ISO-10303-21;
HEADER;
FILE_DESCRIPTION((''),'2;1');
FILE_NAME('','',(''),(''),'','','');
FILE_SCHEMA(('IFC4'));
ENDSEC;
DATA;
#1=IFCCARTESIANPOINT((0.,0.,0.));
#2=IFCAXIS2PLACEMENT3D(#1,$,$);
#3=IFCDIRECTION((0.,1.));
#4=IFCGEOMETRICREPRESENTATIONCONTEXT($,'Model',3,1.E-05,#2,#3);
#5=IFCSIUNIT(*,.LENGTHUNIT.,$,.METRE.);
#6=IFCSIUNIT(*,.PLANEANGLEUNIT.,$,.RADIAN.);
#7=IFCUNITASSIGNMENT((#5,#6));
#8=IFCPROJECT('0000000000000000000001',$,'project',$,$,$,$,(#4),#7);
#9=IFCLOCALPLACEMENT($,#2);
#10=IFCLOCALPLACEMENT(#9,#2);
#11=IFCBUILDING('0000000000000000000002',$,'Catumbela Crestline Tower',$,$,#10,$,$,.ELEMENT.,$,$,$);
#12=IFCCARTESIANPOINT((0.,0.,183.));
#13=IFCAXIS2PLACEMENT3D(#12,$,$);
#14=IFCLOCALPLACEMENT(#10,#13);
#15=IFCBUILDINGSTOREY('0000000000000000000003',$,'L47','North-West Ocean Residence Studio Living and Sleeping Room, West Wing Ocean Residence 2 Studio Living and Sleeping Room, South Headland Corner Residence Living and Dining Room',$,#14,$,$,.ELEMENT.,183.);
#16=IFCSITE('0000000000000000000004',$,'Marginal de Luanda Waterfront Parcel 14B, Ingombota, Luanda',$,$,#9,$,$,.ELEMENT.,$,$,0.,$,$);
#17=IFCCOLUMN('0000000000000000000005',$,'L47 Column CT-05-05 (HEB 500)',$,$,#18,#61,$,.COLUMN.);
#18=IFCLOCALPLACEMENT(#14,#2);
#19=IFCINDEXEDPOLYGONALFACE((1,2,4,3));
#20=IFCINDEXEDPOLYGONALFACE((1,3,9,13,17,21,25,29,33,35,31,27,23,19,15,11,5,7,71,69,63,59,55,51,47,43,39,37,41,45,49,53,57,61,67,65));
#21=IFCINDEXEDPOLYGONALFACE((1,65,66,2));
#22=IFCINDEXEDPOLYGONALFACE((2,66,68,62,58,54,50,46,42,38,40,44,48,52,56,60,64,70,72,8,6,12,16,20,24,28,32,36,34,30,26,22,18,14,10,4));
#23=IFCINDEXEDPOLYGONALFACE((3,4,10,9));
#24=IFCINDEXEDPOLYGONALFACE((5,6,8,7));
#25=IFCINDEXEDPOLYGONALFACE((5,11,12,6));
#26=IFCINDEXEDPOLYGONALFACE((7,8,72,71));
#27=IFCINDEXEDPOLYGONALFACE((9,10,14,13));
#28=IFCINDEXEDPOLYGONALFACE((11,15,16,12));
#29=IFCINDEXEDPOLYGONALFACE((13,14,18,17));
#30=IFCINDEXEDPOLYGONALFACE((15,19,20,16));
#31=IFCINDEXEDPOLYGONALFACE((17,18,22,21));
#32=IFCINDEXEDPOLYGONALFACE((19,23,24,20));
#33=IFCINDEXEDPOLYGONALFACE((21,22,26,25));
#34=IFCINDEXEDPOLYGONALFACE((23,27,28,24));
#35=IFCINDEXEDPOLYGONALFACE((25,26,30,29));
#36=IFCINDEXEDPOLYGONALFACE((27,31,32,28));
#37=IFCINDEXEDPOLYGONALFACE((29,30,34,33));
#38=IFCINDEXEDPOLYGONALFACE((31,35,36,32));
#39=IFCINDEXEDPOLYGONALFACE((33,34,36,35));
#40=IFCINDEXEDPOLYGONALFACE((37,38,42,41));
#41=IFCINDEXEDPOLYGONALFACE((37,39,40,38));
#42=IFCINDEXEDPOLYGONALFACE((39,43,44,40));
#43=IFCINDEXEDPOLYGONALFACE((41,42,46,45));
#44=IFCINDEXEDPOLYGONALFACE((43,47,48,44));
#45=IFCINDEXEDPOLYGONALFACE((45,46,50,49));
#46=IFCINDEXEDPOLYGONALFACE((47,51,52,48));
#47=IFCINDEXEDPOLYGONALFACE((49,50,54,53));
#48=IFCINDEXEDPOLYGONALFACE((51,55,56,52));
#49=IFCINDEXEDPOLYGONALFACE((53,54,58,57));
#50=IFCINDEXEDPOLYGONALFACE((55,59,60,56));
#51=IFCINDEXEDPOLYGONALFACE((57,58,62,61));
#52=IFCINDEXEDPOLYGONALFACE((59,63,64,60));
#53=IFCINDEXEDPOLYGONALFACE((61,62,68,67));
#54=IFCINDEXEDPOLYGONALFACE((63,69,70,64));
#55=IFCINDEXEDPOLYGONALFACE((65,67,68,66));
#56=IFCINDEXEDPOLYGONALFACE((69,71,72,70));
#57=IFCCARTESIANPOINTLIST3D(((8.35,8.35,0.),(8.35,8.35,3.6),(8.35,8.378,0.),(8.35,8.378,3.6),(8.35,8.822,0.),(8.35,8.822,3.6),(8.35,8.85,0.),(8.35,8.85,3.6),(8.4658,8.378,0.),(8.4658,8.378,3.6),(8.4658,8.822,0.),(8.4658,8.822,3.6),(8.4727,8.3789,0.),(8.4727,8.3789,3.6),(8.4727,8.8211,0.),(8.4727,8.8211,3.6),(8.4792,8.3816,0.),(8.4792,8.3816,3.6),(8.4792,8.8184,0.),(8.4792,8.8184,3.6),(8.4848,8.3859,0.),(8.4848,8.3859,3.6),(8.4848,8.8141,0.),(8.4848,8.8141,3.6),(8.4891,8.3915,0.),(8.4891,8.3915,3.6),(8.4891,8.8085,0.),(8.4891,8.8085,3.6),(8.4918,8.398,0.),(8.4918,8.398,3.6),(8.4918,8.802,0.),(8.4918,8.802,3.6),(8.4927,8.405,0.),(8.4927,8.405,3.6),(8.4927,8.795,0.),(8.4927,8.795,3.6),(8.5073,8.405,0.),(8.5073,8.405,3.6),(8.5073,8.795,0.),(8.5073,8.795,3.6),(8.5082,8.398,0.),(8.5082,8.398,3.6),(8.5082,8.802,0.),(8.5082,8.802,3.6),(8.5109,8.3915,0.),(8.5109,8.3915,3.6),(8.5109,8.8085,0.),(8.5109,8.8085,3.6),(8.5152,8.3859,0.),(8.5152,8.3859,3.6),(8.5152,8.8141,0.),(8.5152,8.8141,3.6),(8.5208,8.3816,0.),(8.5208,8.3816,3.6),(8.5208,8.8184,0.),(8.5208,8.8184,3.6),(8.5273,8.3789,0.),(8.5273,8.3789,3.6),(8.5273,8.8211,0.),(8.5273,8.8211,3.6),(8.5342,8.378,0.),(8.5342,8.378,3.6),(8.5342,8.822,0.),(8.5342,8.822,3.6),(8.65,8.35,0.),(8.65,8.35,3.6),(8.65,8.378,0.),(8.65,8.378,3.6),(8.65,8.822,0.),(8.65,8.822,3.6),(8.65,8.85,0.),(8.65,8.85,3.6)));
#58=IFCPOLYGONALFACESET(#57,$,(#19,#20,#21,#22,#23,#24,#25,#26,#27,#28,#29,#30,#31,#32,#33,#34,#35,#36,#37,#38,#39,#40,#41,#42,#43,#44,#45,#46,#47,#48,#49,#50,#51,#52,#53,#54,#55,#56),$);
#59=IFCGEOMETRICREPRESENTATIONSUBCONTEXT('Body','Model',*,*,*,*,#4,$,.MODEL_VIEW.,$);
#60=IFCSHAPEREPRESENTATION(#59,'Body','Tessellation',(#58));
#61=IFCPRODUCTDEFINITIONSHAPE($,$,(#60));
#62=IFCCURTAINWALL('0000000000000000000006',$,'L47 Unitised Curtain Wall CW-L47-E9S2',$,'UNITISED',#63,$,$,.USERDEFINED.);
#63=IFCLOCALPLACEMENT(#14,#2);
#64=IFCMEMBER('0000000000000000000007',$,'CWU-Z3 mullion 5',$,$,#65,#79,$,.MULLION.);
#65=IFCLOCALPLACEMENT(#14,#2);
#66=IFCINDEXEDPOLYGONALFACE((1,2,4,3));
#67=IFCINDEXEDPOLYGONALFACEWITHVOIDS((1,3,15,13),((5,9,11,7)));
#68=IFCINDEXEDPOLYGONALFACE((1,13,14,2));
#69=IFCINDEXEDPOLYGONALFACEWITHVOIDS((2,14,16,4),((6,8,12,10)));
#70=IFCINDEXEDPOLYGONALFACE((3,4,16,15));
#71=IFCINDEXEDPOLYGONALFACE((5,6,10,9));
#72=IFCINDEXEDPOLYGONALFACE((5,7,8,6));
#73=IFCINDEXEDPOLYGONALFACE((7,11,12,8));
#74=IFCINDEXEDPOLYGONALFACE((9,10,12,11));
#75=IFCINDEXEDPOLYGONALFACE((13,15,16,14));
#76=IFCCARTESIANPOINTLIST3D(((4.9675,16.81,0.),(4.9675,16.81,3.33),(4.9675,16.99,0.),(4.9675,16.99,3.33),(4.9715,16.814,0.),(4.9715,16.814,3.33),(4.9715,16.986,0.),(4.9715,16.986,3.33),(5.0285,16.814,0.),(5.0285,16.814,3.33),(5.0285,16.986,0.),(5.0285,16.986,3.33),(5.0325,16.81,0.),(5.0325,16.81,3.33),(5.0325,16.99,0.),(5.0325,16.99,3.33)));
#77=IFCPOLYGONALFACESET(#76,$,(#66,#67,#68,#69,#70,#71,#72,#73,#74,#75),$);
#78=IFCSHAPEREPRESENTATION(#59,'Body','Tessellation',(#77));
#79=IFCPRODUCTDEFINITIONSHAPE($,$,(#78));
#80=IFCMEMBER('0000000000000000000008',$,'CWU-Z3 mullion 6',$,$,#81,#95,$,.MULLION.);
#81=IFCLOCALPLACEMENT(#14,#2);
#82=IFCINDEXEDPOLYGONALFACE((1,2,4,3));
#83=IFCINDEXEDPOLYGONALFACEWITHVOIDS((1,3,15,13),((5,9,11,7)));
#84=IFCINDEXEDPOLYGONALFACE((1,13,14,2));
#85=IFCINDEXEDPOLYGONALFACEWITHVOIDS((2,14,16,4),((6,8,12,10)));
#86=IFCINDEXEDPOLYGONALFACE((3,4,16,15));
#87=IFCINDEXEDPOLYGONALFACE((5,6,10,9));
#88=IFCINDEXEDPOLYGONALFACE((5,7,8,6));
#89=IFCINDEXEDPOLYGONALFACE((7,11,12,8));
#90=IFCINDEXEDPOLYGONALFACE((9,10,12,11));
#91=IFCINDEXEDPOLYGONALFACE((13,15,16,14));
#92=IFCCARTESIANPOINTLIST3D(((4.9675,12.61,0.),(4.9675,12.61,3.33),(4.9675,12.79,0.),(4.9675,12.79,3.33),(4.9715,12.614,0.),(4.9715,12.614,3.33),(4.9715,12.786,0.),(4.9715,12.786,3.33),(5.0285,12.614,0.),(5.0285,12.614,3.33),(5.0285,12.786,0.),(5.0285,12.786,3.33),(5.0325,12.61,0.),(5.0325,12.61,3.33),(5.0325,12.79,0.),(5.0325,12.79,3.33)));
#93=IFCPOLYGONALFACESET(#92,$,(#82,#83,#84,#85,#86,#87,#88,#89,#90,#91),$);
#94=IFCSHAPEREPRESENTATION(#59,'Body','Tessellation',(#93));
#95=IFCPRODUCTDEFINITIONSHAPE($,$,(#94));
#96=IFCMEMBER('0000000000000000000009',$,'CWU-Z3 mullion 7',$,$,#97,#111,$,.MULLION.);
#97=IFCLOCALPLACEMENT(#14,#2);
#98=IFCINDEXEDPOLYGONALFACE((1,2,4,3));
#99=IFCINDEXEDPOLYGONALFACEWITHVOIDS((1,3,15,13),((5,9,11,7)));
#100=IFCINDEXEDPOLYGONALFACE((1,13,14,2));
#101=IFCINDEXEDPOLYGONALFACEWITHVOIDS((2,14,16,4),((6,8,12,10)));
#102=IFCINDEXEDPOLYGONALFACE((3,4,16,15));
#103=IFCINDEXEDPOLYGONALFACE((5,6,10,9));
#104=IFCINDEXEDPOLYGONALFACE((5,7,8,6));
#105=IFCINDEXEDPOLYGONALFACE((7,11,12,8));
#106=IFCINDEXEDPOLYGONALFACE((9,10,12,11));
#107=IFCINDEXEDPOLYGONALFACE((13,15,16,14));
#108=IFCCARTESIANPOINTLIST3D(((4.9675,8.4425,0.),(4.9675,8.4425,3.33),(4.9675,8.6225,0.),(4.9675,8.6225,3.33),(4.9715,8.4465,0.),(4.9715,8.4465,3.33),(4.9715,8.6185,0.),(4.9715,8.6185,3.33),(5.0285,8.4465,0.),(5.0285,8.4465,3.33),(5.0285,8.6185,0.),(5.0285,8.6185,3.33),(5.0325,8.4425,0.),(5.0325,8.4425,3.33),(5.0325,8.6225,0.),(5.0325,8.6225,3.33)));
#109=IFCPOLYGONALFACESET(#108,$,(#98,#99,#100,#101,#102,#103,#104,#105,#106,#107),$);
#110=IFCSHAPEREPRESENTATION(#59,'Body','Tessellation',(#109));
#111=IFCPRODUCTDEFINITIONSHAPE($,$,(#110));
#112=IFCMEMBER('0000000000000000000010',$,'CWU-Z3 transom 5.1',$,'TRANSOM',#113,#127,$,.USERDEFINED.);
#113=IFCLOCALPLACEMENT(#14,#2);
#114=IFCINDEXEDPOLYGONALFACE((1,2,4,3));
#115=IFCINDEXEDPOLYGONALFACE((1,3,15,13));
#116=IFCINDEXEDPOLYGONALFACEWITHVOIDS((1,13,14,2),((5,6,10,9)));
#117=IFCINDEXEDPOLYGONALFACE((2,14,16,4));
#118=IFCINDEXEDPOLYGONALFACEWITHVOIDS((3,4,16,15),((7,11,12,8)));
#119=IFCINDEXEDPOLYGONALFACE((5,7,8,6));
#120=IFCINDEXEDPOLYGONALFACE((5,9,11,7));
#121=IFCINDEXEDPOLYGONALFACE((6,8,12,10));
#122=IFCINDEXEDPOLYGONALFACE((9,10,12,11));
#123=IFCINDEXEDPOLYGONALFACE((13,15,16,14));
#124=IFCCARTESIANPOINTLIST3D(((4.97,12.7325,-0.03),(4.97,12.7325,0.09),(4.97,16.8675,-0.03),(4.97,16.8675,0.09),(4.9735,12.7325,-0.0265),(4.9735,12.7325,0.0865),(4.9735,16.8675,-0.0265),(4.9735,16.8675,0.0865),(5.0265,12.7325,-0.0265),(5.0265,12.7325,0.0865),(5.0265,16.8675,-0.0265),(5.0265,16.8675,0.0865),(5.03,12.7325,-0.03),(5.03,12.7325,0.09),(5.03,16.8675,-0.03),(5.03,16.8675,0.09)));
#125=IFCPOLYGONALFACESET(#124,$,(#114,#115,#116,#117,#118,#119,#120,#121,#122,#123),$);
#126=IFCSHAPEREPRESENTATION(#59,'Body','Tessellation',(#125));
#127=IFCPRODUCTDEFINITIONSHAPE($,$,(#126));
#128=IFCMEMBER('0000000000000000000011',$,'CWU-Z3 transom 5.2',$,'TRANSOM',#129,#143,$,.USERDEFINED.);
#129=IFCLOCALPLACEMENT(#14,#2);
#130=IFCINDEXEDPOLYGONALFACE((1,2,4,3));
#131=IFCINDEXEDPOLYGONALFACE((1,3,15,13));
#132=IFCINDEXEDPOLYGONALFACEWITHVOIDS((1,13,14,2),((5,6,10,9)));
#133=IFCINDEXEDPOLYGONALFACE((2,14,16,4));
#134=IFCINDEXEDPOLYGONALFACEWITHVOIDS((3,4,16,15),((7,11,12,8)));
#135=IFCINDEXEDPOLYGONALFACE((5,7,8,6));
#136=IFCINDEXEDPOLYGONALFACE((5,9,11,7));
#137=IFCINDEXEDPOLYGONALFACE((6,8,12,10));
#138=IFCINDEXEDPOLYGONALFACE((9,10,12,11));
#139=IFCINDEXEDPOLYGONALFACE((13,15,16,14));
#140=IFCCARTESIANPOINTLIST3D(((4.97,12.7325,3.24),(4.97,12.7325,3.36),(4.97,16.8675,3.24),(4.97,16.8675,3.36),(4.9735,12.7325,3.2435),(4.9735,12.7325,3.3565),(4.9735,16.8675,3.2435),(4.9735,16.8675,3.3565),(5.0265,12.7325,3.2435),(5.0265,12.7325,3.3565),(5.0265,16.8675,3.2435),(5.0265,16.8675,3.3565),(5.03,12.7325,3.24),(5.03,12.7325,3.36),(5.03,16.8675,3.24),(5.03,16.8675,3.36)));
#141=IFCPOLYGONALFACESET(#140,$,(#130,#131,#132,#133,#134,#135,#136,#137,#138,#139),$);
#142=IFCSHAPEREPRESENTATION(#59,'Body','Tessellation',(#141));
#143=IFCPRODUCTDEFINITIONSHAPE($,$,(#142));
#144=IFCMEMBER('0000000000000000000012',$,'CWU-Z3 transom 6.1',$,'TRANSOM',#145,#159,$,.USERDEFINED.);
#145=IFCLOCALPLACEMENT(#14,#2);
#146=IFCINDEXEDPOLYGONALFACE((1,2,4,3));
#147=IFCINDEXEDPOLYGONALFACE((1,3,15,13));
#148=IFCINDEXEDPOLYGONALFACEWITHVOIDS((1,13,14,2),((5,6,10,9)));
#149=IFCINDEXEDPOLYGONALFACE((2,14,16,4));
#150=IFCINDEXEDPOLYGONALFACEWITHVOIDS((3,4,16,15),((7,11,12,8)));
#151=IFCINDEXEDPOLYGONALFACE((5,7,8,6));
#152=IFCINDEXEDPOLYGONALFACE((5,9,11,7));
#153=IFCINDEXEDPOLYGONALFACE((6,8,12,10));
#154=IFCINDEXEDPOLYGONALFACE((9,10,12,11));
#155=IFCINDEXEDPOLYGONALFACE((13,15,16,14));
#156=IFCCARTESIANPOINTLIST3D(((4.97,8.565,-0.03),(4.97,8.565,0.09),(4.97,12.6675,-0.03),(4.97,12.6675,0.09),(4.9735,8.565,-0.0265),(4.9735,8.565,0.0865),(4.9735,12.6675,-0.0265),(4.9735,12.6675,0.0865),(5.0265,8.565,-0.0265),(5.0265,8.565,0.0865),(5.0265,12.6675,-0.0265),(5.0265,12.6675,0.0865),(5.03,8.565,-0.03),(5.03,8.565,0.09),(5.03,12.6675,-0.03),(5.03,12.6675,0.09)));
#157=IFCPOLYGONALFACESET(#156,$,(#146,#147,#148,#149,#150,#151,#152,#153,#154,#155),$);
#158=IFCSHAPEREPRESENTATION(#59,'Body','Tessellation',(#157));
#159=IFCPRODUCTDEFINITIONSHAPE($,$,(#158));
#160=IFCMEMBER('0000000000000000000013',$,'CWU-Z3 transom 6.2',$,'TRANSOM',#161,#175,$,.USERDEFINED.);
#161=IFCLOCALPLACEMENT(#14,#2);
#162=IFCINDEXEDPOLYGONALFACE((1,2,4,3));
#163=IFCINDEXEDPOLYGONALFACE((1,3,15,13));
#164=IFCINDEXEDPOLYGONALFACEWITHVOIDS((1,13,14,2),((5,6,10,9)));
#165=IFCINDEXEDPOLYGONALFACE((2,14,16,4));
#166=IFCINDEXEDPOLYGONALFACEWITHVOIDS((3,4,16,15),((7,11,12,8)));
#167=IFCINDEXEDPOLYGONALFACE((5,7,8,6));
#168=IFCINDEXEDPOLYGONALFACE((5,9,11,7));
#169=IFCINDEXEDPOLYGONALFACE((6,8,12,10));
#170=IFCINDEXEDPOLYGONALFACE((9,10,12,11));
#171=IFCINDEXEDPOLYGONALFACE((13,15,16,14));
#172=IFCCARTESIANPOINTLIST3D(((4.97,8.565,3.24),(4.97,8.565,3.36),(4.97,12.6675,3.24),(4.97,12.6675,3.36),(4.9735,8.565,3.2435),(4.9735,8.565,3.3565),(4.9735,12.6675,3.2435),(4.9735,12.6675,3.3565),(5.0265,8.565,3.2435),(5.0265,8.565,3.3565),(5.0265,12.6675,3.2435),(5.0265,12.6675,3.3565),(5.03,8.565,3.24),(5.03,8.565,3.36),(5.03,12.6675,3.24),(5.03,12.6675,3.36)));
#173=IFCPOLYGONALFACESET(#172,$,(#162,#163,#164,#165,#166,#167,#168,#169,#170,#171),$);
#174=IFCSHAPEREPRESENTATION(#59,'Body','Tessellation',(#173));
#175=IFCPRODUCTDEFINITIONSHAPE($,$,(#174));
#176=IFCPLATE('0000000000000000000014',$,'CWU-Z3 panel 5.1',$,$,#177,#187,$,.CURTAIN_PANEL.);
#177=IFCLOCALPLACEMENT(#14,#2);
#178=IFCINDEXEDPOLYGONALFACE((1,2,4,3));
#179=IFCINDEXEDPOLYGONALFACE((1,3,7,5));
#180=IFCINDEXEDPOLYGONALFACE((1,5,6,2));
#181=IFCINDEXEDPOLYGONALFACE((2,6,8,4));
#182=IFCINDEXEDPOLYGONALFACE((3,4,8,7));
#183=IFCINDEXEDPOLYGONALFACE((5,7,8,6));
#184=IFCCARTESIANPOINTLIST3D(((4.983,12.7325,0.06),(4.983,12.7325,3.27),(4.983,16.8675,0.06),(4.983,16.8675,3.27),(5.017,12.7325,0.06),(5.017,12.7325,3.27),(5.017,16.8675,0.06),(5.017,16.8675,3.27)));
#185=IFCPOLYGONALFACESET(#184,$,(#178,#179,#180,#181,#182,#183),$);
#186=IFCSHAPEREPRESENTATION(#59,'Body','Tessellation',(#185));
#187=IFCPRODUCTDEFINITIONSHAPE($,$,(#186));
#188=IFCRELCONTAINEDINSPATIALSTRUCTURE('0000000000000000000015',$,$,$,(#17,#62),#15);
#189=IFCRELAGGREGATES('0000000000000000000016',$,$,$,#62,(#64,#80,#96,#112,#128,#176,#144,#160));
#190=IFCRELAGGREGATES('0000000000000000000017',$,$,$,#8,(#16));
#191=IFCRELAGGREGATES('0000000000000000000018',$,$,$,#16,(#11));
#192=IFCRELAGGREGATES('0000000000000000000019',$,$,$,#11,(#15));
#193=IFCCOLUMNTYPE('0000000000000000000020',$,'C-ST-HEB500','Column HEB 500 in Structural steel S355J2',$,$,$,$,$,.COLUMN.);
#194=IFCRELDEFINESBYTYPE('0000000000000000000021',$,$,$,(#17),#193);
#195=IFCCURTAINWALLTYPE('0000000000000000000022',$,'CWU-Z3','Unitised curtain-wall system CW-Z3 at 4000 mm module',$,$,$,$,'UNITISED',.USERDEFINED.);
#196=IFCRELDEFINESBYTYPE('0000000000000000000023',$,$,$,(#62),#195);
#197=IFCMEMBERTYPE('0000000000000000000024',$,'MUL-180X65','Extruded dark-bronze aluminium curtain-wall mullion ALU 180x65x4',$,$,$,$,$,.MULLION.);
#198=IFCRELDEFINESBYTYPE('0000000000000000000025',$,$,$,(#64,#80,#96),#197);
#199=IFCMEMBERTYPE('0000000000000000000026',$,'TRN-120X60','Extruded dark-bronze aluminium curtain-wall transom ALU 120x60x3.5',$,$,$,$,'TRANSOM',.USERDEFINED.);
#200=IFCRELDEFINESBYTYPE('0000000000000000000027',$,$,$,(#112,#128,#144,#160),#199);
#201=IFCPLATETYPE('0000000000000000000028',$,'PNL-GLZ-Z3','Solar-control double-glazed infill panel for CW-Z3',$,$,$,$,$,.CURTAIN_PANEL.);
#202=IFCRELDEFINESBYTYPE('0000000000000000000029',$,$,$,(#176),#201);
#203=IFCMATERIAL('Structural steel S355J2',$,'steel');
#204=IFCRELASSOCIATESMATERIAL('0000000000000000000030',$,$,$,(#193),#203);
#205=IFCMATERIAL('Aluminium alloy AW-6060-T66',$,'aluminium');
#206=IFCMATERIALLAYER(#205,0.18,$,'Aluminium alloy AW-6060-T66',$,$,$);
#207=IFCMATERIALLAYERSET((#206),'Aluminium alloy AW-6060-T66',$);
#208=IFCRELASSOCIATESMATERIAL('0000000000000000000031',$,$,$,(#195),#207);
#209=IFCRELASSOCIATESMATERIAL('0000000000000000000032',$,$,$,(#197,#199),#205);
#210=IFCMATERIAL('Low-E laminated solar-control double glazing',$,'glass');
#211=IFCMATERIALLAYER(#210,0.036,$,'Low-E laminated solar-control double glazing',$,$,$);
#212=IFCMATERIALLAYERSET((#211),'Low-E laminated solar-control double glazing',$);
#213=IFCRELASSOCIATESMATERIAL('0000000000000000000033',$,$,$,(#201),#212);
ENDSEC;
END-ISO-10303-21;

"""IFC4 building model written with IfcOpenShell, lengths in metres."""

from ifc_helpers import new_model, si_unit, direction, frame, origin, origin_2d, place, context, subcontext, project, spatial, rectangle, hollow_rectangle, i_section, extrude, material, layer, layer_set, material_profile, profile_set, type_object, element, aggregate, save


model = new_model("IFC4")

# Units and contexts
model_context = context("Model", 3, precision=1e-05, world=origin(), true_north=direction((0.0, 1.0)))
body_context = subcontext(model_context, "Body", "Model", "MODEL_VIEW")
ifc_project = project(units=[si_unit("LENGTHUNIT", "METRE"), si_unit("PLANEANGLEUNIT", "RADIAN")], contexts=[model_context])

# Site, building, storey
site_placement = place(None, origin())
site = spatial("IfcSite", under=ifc_project, at=site_placement, Name="Marginal de Luanda Waterfront Parcel 14B, Ingombota, Luanda", CompositionType="ELEMENT", RefElevation=0.0)
building_placement = place(site_placement, origin())
building = spatial("IfcBuilding", under=site, at=building_placement, Name="Catumbela Crestline Tower", CompositionType="ELEMENT")
storey_placement = place(building_placement, frame((0.0, 0.0, 183.0)))
storey = spatial("IfcBuildingStorey", under=building, at=storey_placement, Name="L47", Description="North-West Ocean Residence Studio Living and Sleeping Room, West Wing Ocean Residence 2 Studio Living and Sleeping Room, South Headland Corner Residence Living and Dining Room", CompositionType="ELEMENT", Elevation=183.0)

# Column
ifc_material_1 = material(Name="Structural steel S355J2", Category="steel")
ifc_material_profile_1 = material_profile(ifc_material_1, i_section(OverallWidth=0.3, OverallDepth=0.5, WebThickness=0.0145, FlangeThickness=0.028, FilletRadius=0.027, at=origin_2d()), Name="HEB 500")
ifc_profile_set_1 = profile_set([ifc_material_profile_1], Name="Structural steel S355J2")
column_type = type_object("IfcColumnType", Name="C-ST-HEB500", Description="Column HEB 500 in Structural steel S355J2", PredefinedType="COLUMN", material=ifc_profile_set_1)
column_placement = place(storey_placement, frame((8.5, 8.6, 0.0), z_axis=(0.0, 0.0, 1.0), x_axis=(1.0, 0.0, 0.0)))
element("IfcColumn", 1, at=column_placement, inside=storey, type_object=column_type, Name="L47 Column CT-05-05 (HEB 500)", PredefinedType="COLUMN", context=body_context, shape_type="SweptSolid", body=[
    extrude(i_section(OverallWidth=0.3, OverallDepth=0.5, WebThickness=0.0145, FlangeThickness=0.028, FilletRadius=0.027, at=origin_2d()), origin(), (0.0, 0.0, 1.0), 3.6),
])

# Curtain wall, members, plate
ifc_material_2 = material(Name="Aluminium alloy AW-6060-T66", Category="aluminium")
ifc_layer_1 = layer(ifc_material_2, 0.18, Name="Aluminium alloy AW-6060-T66")
ifc_layer_set_1 = layer_set([ifc_layer_1], Name="Aluminium alloy AW-6060-T66")
curtain_wall_type = type_object("IfcCurtainWallType", Name="CWU-Z3", Description="Unitised curtain-wall system CW-Z3 at 4000 mm module", ElementType="UNITISED", PredefinedType="USERDEFINED", material=ifc_layer_set_1)
curtain_wall_placement = place(storey_placement, origin())
curtain_wall = element("IfcCurtainWall", 2, at=curtain_wall_placement, inside=storey, type_object=curtain_wall_type, Name="L47 Unitised Curtain Wall CW-L47-E9S2", ObjectType="UNITISED", PredefinedType="USERDEFINED")
ifc_material_profile_2 = material_profile(ifc_material_2, hollow_rectangle(XDim=0.065, YDim=0.18, WallThickness=0.004, at=origin_2d()), Name="ALU 180x65x4")
ifc_profile_set_2 = profile_set([ifc_material_profile_2], Name="Aluminium alloy AW-6060-T66")
member_type_1 = type_object("IfcMemberType", Name="MUL-180X65", Description="Extruded dark-bronze aluminium curtain-wall mullion ALU 180x65x4", PredefinedType="MULLION", material=ifc_profile_set_2)
member_1_placement = place(storey_placement, frame((5.0, 16.9, 0.0), z_axis=(0.0, 0.0, 1.0), x_axis=(1.0, 0.0, 0.0)))
member_1 = element("IfcMember", 3, at=member_1_placement, type_object=member_type_1, Name="CWU-Z3 mullion 5", PredefinedType="MULLION", context=body_context, shape_type="SweptSolid", body=[
    extrude(hollow_rectangle(XDim=0.065, YDim=0.18, WallThickness=0.004, at=origin_2d()), origin(), (0.0, 0.0, 1.0), 3.33),
])
member_2_placement = place(storey_placement, frame((5.0, 12.7, 0.0), z_axis=(0.0, 0.0, 1.0), x_axis=(1.0, 0.0, 0.0)))
member_2 = element("IfcMember", 4, at=member_2_placement, type_object=member_type_1, Name="CWU-Z3 mullion 6", PredefinedType="MULLION", context=body_context, shape_type="SweptSolid", body=[
    extrude(hollow_rectangle(XDim=0.065, YDim=0.18, WallThickness=0.004, at=origin_2d()), origin(), (0.0, 0.0, 1.0), 3.33),
])
member_3_placement = place(storey_placement, frame((5.0, 8.5325, 0.0), z_axis=(0.0, 0.0, 1.0), x_axis=(1.0, 0.0, 0.0)))
member_3 = element("IfcMember", 5, at=member_3_placement, type_object=member_type_1, Name="CWU-Z3 mullion 7", PredefinedType="MULLION", context=body_context, shape_type="SweptSolid", body=[
    extrude(hollow_rectangle(XDim=0.065, YDim=0.18, WallThickness=0.004, at=origin_2d()), origin(), (0.0, 0.0, 1.0), 3.33),
])
ifc_material_profile_3 = material_profile(ifc_material_2, hollow_rectangle(XDim=0.06, YDim=0.12, WallThickness=0.0035, at=origin_2d()), Name="ALU 120x60x3.5")
ifc_profile_set_3 = profile_set([ifc_material_profile_3], Name="Aluminium alloy AW-6060-T66")
member_type_2 = type_object("IfcMemberType", Name="TRN-120X60", Description="Extruded dark-bronze aluminium curtain-wall transom ALU 120x60x3.5", ElementType="TRANSOM", PredefinedType="USERDEFINED", material=ifc_profile_set_3)
member_4_placement = place(storey_placement, frame((5.0, 16.8675, 0.03), z_axis=(0.0, -1.0, 0.0), x_axis=(1.0, 0.0, 0.0)))
member_4 = element("IfcMember", 6, at=member_4_placement, type_object=member_type_2, Name="CWU-Z3 transom 5.1", ObjectType="TRANSOM", PredefinedType="USERDEFINED", context=body_context, shape_type="SweptSolid", body=[
    extrude(hollow_rectangle(XDim=0.06, YDim=0.12, WallThickness=0.0035, at=origin_2d()), origin(), (0.0, 0.0, 1.0), 4.135),
])
member_5_placement = place(storey_placement, frame((5.0, 16.8675, 3.3), z_axis=(0.0, -1.0, 0.0), x_axis=(1.0, 0.0, 0.0)))
member_5 = element("IfcMember", 7, at=member_5_placement, type_object=member_type_2, Name="CWU-Z3 transom 5.2", ObjectType="TRANSOM", PredefinedType="USERDEFINED", context=body_context, shape_type="SweptSolid", body=[
    extrude(hollow_rectangle(XDim=0.06, YDim=0.12, WallThickness=0.0035, at=origin_2d()), origin(), (0.0, 0.0, 1.0), 4.135),
])
member_6_placement = place(storey_placement, frame((5.0, 12.6675, 0.03), z_axis=(0.0, -1.0, 0.0), x_axis=(1.0, 0.0, 0.0)))
member_6 = element("IfcMember", 8, at=member_6_placement, type_object=member_type_2, Name="CWU-Z3 transom 6.1", ObjectType="TRANSOM", PredefinedType="USERDEFINED", context=body_context, shape_type="SweptSolid", body=[
    extrude(hollow_rectangle(XDim=0.06, YDim=0.12, WallThickness=0.0035, at=origin_2d()), origin(), (0.0, 0.0, 1.0), 4.1025),
])
member_7_placement = place(storey_placement, frame((5.0, 12.6675, 3.3), z_axis=(0.0, -1.0, 0.0), x_axis=(1.0, 0.0, 0.0)))
member_7 = element("IfcMember", 9, at=member_7_placement, type_object=member_type_2, Name="CWU-Z3 transom 6.2", ObjectType="TRANSOM", PredefinedType="USERDEFINED", context=body_context, shape_type="SweptSolid", body=[
    extrude(hollow_rectangle(XDim=0.06, YDim=0.12, WallThickness=0.0035, at=origin_2d()), origin(), (0.0, 0.0, 1.0), 4.1025),
])
ifc_material_3 = material(Name="Low-E laminated solar-control double glazing", Category="glass")
ifc_layer_2 = layer(ifc_material_3, 0.036, Name="Low-E laminated solar-control double glazing")
ifc_layer_set_2 = layer_set([ifc_layer_2], Name="Low-E laminated solar-control double glazing")
plate_type = type_object("IfcPlateType", Name="PNL-GLZ-Z3", Description="Solar-control double-glazed infill panel for CW-Z3", PredefinedType="CURTAIN_PANEL", material=ifc_layer_set_2)
plate_1_placement = place(storey_placement, frame((5.0, 14.8, 0.06), z_axis=(0.0, 0.0, 1.0), x_axis=(0.0, -1.0, 0.0)))
plate_1 = element("IfcPlate", 10, at=plate_1_placement, type_object=plate_type, Name="CWU-Z3 panel 5.1", PredefinedType="CURTAIN_PANEL", context=body_context, shape_type="SweptSolid", body=[
    extrude(rectangle(XDim=4.135, YDim=0.034, at=origin_2d()), origin(), (0.0, 0.0, 1.0), 3.21),
])
aggregate(curtain_wall, [member_1, member_2, member_3, member_4, member_5, plate_1, member_6, member_7])

save(model, "model.ifc")
